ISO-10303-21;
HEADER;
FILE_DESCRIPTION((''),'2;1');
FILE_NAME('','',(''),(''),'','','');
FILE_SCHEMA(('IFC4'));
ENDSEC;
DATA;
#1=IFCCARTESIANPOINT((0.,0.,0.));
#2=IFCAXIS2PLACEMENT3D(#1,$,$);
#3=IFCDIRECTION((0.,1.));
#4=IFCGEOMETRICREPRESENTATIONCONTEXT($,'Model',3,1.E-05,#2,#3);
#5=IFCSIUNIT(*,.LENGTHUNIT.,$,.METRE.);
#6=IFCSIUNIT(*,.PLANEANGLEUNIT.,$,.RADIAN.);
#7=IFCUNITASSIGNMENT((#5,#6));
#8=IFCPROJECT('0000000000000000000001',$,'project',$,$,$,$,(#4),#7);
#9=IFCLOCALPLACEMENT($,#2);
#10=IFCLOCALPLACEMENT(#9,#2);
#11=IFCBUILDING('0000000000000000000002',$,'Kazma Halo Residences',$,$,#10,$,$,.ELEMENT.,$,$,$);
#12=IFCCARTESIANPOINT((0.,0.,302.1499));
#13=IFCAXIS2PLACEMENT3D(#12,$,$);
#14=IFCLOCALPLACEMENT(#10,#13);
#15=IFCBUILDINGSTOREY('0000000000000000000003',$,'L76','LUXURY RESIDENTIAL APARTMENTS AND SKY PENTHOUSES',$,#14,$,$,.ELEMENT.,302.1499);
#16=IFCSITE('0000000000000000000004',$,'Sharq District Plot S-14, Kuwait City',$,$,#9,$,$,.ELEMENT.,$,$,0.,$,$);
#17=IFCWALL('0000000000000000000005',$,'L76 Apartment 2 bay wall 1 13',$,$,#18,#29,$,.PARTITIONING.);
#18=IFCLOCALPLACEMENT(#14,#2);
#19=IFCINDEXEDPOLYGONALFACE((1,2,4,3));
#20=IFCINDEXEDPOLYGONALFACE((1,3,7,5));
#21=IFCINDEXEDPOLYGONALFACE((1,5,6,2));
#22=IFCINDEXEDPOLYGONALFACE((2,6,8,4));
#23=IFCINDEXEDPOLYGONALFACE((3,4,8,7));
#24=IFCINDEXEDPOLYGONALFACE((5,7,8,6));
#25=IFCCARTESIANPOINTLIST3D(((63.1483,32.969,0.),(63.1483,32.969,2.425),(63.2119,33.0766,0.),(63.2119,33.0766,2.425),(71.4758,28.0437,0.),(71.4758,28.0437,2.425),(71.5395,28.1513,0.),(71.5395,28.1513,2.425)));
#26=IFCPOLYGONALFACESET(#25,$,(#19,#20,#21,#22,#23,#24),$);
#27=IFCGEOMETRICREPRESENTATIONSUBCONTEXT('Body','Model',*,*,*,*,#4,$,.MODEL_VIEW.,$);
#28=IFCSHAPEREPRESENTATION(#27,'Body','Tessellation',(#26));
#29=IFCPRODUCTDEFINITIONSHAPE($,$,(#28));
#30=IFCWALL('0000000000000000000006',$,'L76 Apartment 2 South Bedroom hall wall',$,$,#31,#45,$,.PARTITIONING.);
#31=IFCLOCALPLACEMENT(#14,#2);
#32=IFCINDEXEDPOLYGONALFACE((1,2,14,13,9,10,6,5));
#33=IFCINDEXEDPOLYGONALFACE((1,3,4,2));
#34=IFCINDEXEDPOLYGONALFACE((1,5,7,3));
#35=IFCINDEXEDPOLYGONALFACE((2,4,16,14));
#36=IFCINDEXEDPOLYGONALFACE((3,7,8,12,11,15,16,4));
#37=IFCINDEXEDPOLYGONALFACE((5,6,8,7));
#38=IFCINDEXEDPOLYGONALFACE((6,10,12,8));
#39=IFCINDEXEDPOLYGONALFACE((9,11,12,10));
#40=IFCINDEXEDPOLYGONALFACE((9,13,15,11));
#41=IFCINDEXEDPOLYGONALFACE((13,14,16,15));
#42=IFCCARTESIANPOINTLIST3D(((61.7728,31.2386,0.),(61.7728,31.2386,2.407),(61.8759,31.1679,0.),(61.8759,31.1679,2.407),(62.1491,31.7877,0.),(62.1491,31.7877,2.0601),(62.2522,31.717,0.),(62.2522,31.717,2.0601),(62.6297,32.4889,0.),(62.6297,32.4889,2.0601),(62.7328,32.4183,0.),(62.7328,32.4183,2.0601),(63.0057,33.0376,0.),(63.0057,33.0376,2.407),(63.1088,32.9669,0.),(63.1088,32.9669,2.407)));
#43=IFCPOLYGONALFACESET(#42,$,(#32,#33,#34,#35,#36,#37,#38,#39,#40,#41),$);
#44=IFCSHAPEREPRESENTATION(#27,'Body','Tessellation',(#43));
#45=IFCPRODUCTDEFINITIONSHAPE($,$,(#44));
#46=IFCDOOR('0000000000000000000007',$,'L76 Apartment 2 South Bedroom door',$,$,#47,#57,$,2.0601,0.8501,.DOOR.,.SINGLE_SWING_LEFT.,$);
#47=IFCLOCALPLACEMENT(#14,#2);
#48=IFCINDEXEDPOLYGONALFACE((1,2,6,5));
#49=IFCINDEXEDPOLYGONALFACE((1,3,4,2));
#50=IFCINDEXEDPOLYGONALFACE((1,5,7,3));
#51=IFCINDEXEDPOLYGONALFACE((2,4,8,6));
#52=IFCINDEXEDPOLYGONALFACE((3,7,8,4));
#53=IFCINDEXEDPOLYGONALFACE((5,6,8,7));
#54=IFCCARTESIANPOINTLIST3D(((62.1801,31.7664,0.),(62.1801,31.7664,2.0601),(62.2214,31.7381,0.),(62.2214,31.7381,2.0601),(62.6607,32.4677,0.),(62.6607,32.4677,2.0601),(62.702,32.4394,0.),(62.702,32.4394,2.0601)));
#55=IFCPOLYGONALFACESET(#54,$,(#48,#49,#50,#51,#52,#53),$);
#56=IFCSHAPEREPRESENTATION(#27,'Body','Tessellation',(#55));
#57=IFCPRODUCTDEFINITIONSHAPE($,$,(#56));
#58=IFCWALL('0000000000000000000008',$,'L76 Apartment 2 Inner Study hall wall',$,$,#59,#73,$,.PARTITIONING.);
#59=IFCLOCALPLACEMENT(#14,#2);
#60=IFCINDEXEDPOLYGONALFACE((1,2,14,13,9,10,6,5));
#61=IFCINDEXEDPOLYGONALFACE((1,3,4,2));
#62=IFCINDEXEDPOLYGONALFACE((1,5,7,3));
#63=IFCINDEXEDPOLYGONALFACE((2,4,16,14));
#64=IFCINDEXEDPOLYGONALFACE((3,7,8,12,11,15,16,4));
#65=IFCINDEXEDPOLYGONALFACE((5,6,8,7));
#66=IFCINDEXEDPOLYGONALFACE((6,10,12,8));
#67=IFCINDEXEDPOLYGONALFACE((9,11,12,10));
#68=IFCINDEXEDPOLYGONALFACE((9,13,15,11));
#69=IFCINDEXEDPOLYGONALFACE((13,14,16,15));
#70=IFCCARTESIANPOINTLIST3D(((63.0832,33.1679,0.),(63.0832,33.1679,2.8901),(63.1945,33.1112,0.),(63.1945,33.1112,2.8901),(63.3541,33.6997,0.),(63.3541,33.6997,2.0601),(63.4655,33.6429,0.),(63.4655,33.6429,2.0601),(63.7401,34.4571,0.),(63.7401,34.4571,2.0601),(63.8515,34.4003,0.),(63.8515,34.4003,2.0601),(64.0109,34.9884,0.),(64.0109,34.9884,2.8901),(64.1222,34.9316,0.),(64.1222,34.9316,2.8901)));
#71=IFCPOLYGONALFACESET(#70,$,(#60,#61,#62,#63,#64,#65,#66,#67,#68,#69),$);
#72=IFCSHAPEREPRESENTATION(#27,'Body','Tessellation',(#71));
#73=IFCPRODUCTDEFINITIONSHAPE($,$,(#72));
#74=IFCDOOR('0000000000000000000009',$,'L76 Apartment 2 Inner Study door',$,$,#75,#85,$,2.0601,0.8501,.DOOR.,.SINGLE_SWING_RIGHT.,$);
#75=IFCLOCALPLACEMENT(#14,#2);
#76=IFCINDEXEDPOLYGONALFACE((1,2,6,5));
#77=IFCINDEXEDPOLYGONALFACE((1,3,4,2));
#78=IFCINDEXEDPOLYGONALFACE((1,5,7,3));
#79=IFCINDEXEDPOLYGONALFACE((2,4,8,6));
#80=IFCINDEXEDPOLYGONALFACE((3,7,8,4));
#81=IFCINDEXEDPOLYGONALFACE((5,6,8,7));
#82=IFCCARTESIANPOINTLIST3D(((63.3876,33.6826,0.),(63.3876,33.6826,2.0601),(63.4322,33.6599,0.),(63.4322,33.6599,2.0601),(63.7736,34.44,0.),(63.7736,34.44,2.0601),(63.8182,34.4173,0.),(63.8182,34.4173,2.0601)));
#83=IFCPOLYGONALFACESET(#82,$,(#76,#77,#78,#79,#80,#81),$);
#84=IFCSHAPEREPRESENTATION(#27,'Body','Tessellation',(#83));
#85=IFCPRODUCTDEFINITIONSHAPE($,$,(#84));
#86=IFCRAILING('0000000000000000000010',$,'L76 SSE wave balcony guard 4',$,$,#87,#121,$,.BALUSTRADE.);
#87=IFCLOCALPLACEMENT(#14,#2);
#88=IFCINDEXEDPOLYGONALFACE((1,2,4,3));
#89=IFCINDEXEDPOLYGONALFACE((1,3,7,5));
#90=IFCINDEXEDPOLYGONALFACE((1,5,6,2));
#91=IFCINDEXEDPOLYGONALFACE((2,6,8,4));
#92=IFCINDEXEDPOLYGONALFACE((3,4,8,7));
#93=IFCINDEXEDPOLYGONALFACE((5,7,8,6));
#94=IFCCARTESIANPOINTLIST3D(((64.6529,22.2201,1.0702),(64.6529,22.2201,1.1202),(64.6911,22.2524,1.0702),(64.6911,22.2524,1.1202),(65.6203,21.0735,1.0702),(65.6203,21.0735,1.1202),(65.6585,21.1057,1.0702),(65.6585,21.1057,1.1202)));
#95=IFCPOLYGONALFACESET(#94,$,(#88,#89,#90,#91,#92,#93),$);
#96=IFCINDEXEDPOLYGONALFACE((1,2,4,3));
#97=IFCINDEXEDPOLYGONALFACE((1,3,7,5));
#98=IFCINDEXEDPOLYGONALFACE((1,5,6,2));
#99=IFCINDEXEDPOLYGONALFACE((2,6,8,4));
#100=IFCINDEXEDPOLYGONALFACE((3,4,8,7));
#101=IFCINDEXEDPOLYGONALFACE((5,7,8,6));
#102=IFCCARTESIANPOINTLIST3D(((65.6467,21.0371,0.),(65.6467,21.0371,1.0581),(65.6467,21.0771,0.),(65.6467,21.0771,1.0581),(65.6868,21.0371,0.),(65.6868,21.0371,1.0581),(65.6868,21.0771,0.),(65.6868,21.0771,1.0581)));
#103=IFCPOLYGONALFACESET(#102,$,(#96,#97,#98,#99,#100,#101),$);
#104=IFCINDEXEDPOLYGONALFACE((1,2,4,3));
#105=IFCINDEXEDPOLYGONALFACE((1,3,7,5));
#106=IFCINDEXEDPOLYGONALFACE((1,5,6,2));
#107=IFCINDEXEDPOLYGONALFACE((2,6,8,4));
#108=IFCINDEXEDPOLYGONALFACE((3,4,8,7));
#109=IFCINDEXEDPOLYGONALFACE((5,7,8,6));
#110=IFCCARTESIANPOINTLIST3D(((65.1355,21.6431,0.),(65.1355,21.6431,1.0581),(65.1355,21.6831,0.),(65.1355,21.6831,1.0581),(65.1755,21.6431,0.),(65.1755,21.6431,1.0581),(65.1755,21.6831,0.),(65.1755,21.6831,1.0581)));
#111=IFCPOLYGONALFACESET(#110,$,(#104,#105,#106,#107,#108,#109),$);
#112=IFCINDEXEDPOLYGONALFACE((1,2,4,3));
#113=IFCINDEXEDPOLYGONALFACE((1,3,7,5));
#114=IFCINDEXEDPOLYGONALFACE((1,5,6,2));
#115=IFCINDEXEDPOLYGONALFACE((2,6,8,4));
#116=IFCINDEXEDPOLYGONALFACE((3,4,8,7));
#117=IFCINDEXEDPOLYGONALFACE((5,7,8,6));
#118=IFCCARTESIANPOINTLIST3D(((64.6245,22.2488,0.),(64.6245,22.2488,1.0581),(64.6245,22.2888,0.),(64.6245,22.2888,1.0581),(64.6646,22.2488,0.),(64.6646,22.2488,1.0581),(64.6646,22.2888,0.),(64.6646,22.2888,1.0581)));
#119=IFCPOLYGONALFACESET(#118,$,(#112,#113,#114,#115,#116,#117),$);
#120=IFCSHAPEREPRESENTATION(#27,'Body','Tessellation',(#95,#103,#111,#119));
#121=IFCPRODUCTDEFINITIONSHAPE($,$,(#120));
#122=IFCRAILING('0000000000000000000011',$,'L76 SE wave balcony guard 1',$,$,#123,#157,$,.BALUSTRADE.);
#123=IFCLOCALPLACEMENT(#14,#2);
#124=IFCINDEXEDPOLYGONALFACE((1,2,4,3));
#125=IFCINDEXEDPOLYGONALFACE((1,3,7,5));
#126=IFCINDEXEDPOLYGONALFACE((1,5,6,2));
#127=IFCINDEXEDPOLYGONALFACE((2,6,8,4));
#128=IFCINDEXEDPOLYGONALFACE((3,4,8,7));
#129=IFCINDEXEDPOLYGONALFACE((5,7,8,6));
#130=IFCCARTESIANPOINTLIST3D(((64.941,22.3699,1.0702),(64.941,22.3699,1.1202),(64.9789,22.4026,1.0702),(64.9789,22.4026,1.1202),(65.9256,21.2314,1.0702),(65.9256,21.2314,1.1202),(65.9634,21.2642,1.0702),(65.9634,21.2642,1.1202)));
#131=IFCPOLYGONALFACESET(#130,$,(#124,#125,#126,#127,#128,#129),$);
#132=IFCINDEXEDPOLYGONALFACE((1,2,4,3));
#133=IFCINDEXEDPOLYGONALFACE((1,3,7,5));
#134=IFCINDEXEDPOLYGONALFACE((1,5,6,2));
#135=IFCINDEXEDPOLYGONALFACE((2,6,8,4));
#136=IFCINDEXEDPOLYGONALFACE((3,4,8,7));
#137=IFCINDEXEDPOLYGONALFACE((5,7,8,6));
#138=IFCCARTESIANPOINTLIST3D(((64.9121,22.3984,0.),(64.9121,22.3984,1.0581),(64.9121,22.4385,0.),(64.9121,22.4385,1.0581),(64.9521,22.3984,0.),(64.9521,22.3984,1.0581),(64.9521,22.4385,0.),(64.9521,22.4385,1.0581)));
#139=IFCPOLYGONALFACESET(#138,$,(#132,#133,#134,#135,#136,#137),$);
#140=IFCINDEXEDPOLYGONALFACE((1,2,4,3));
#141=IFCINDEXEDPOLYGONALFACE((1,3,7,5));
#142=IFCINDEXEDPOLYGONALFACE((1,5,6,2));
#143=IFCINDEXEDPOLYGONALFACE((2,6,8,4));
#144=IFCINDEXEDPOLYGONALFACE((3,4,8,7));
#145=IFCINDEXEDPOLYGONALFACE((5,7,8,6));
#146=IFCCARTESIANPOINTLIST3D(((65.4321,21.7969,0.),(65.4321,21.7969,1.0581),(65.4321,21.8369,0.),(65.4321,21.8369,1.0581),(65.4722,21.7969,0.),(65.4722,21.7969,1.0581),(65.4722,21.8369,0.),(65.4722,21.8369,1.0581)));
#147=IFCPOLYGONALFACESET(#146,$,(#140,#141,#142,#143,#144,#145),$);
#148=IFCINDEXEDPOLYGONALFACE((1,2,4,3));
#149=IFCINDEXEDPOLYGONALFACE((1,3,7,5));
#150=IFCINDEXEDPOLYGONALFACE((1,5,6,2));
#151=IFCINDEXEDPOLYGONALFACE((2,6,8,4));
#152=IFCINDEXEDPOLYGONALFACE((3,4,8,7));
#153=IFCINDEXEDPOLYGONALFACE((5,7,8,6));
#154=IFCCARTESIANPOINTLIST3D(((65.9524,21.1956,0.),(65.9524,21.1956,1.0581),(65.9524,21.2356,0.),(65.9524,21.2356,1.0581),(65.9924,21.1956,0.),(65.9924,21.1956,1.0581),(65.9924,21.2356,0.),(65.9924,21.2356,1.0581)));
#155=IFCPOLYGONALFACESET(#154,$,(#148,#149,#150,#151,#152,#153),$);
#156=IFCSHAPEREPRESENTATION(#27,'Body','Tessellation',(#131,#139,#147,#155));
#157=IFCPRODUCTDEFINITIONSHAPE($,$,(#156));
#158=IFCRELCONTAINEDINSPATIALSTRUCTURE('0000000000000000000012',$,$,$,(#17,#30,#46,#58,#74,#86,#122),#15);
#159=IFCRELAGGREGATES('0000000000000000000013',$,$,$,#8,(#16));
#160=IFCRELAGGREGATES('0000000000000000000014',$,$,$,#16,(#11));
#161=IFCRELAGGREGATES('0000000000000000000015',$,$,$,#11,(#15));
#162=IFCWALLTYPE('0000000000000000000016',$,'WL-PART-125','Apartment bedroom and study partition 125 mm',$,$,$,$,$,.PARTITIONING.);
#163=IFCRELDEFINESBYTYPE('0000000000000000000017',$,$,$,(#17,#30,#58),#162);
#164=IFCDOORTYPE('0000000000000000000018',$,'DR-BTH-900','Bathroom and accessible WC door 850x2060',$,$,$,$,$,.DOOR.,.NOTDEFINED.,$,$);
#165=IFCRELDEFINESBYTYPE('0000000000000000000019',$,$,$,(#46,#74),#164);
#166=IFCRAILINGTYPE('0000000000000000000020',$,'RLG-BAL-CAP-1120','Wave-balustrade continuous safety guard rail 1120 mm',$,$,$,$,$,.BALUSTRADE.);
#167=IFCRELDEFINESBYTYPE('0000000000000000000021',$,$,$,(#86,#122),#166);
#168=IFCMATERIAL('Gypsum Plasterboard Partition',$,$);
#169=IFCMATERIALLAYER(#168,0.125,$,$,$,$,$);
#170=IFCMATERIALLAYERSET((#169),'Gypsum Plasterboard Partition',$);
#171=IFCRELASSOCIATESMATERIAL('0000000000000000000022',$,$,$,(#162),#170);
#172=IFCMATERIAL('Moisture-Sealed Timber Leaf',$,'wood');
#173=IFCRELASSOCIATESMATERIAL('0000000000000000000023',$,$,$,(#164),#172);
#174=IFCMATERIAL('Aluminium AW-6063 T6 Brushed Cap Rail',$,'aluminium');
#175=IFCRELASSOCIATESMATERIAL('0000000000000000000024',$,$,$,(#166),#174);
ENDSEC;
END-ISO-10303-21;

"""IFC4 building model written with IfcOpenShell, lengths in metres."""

from ifc_helpers import new_model, si_unit, direction, frame, frame_2d, origin, origin_2d, place, context, subcontext, project, spatial, rectangle, extrude, material, layer, layer_set, type_object, element, fill, save


model = new_model("IFC4")

# Units and contexts
model_context = context("Model", 3, precision=1e-05, world=origin(), true_north=direction((0.0, 1.0)))
body_context = subcontext(model_context, "Body", "Model", "MODEL_VIEW")
ifc_project = project(units=[si_unit("LENGTHUNIT", "METRE"), si_unit("PLANEANGLEUNIT", "RADIAN")], contexts=[model_context])

# Site, building, storey
site_placement = place(None, origin())
site = spatial("IfcSite", under=ifc_project, at=site_placement, Name="Sharq District Plot S-14, Kuwait City", CompositionType="ELEMENT", RefElevation=0.0)
building_placement = place(site_placement, origin())
building = spatial("IfcBuilding", under=site, at=building_placement, Name="Kazma Halo Residences", CompositionType="ELEMENT")
storey_placement = place(building_placement, frame((0.0, 0.0, 302.1499)))
storey = spatial("IfcBuildingStorey", under=building, at=storey_placement, Name="L76", Description="LUXURY RESIDENTIAL APARTMENTS AND SKY PENTHOUSES", CompositionType="ELEMENT", Elevation=302.1499)

# Wall
ifc_material_1 = material(Name="Gypsum Plasterboard Partition")
ifc_layer_1 = layer(ifc_material_1, 0.125)
ifc_layer_set_1 = layer_set([ifc_layer_1], Name="Gypsum Plasterboard Partition")
wall_type_1 = type_object("IfcWallType", Name="WL-PART-125", Description="Apartment bedroom and study partition 125 mm", PredefinedType="PARTITIONING", material=ifc_layer_set_1)
wall_1_placement = place(storey_placement, frame((63.1802, 33.0227, 0.0), z_axis=(0.0, 0.0, 1.0), x_axis=(0.860727, -0.509068, 0.0)))
element("IfcWall", 1, at=wall_1_placement, inside=storey, type_object=wall_type_1, Name="L76 Apartment 2 bay wall 1 13", PredefinedType="PARTITIONING", context=body_context, shape_type="SweptSolid", body=[
    extrude(rectangle(XDim=9.675, YDim=0.125, at=frame_2d((4.8374, 0.0))), origin(), (0.0, 0.0, 1.0), 2.425),
])

# Walls, openings, doors
wall_2_placement = place(storey_placement, frame((61.8245, 31.2034, 0.0), z_axis=(0.0, 0.0, 1.0), x_axis=(0.565298, 0.824887, 0.0)))
wall_2 = element("IfcWall", 2, at=wall_2_placement, inside=storey, type_object=wall_type_1, Name="L76 Apartment 2 South Bedroom hall wall", PredefinedType="PARTITIONING", context=body_context, shape_type="SweptSolid", body=[
    extrude(rectangle(XDim=2.1809, YDim=0.125, at=frame_2d((1.0903, 0.0))), origin(), (0.0, 0.0, 1.0), 2.407),
])
opening_1_placement = place(wall_2_placement, frame((0.6655, 0.0, 0.0)))
opening_1 = element("IfcOpeningElement", 3, at=opening_1_placement, cuts=wall_2, PredefinedType="OPENING", context=body_context, shape_type="SweptSolid", body=[
    extrude(rectangle(XDim=0.8501, YDim=2.0601, at=frame_2d((0.425, 1.03))), frame((0.0, 0.0725, 0.0), z_axis=(0.0, -1.0, 0.0), x_axis=(1.0, 0.0, 0.0)), (0.0, 0.0, 1.0), 0.145),
])
ifc_material_2 = material(Name="Moisture-Sealed Timber Leaf", Category="wood")
door_type_1 = type_object("IfcDoorType", Name="DR-BTH-900", Description="Bathroom and accessible WC door 850x2060", OperationType="NOTDEFINED", PredefinedType="DOOR", material=ifc_material_2)
door_1_placement = place(opening_1_placement, origin())
door_1 = element("IfcDoor", 4, at=door_1_placement, inside=storey, type_object=door_type_1, Name="L76 Apartment 2 South Bedroom door", OperationType="SINGLE_SWING_LEFT", OverallHeight=2.0601, OverallWidth=0.8501, PredefinedType="DOOR", context=body_context, shape_type="SweptSolid", body=[
    extrude(rectangle(XDim=0.8501, YDim=2.0601, at=frame_2d((0.425, 1.03))), frame((0.0, 0.0249, 0.0), z_axis=(0.0, -1.0, 0.0), x_axis=(1.0, 0.0, 0.0)), (0.0, 0.0, 1.0), 0.05),
])
fill(opening_1, door_1)
wall_3_placement = place(storey_placement, frame((63.1389, 33.1396, 0.0), z_axis=(0.0, 0.0, 1.0), x_axis=(0.454035, 0.890984, 0.0)))
wall_3 = element("IfcWall", 5, at=wall_3_placement, inside=storey, type_object=wall_type_1, Name="L76 Apartment 2 Inner Study hall wall", PredefinedType="PARTITIONING", context=body_context, shape_type="SweptSolid", body=[
    extrude(rectangle(XDim=2.0432, YDim=0.125, at=frame_2d((1.0215, 0.0))), origin(), (0.0, 0.0, 1.0), 2.8901),
])
opening_2_placement = place(wall_3_placement, frame((0.5967, 0.0, 0.0)))
opening_2 = element("IfcOpeningElement", 6, at=opening_2_placement, cuts=wall_3, PredefinedType="OPENING", context=body_context, shape_type="SweptSolid", body=[
    extrude(rectangle(XDim=0.8501, YDim=2.0601, at=frame_2d((0.425, 1.03))), frame((0.0, 0.0725, 0.0), z_axis=(0.0, -1.0, 0.0), x_axis=(1.0, 0.0, 0.0)), (0.0, 0.0, 1.0), 0.145),
])
door_2_placement = place(opening_2_placement, origin())
door_2 = element("IfcDoor", 7, at=door_2_placement, inside=storey, type_object=door_type_1, Name="L76 Apartment 2 Inner Study door", OperationType="SINGLE_SWING_RIGHT", OverallHeight=2.0601, OverallWidth=0.8501, PredefinedType="DOOR", context=body_context, shape_type="SweptSolid", body=[
    extrude(rectangle(XDim=0.8501, YDim=2.0601, at=frame_2d((0.425, 1.03))), frame((0.0, 0.0249, 0.0), z_axis=(0.0, -1.0, 0.0), x_axis=(1.0, 0.0, 0.0)), (0.0, 0.0, 1.0), 0.05),
])
fill(opening_2, door_2)

# Railings
ifc_material_3 = material(Name="Aluminium AW-6063 T6 Brushed Cap Rail", Category="aluminium")
railing_type = type_object("IfcRailingType", Name="RLG-BAL-CAP-1120", Description="Wave-balustrade continuous safety guard rail 1120 mm", PredefinedType="BALUSTRADE", material=ifc_material_3)
railing_1_placement = place(storey_placement, frame((65.6667, 21.0571, 0.0)))
element("IfcRailing", 8, at=railing_1_placement, inside=storey, type_object=railing_type, Name="L76 SSE wave balcony guard 4", PredefinedType="BALUSTRADE", context=body_context, shape_type="SweptSolid", body=[
    extrude(rectangle(XDim=0.05, YDim=0.05, at=origin_2d()), frame((-0.0273, 0.0325, 1.0952), z_axis=(-0.644823, 0.764332, 0.0), x_axis=(-0.764332, -0.644823, 0.0)), (0.0, 0.0, 1.0), 1.5002),
    extrude(rectangle(XDim=0.04, YDim=0.04, at=origin_2d()), origin(), (0.0, 0.0, 1.0), 1.0581),
    extrude(rectangle(XDim=0.04, YDim=0.04, at=origin_2d()), frame((-0.5112, 0.606, 0.0)), (0.0, 0.0, 1.0), 1.0581),
    extrude(rectangle(XDim=0.04, YDim=0.04, at=origin_2d()), frame((-1.0222, 1.2117, 0.0)), (0.0, 0.0, 1.0), 1.0581),
])
railing_2_placement = place(storey_placement, frame((64.9321, 22.4185, 0.0)))
element("IfcRailing", 9, at=railing_2_placement, inside=storey, type_object=railing_type, Name="L76 SE wave balcony guard 1", PredefinedType="BALUSTRADE", context=body_context, shape_type="SweptSolid", body=[
    extrude(rectangle(XDim=0.05, YDim=0.05, at=origin_2d()), frame((0.0278, -0.0322, 1.0952), z_axis=(0.654135, -0.756378, 0.0), x_axis=(0.756378, 0.654135, 0.0)), (0.0, 0.0, 1.0), 1.5051),
    extrude(rectangle(XDim=0.04, YDim=0.04, at=origin_2d()), origin(), (0.0, 0.0, 1.0), 1.0581),
    extrude(rectangle(XDim=0.04, YDim=0.04, at=origin_2d()), frame((0.52, -0.6016, 0.0)), (0.0, 0.0, 1.0), 1.0581),
    extrude(rectangle(XDim=0.04, YDim=0.04, at=origin_2d()), frame((1.0403, -1.2029, 0.0)), (0.0, 0.0, 1.0), 1.0581),
])

save(model, "model.ifc")
